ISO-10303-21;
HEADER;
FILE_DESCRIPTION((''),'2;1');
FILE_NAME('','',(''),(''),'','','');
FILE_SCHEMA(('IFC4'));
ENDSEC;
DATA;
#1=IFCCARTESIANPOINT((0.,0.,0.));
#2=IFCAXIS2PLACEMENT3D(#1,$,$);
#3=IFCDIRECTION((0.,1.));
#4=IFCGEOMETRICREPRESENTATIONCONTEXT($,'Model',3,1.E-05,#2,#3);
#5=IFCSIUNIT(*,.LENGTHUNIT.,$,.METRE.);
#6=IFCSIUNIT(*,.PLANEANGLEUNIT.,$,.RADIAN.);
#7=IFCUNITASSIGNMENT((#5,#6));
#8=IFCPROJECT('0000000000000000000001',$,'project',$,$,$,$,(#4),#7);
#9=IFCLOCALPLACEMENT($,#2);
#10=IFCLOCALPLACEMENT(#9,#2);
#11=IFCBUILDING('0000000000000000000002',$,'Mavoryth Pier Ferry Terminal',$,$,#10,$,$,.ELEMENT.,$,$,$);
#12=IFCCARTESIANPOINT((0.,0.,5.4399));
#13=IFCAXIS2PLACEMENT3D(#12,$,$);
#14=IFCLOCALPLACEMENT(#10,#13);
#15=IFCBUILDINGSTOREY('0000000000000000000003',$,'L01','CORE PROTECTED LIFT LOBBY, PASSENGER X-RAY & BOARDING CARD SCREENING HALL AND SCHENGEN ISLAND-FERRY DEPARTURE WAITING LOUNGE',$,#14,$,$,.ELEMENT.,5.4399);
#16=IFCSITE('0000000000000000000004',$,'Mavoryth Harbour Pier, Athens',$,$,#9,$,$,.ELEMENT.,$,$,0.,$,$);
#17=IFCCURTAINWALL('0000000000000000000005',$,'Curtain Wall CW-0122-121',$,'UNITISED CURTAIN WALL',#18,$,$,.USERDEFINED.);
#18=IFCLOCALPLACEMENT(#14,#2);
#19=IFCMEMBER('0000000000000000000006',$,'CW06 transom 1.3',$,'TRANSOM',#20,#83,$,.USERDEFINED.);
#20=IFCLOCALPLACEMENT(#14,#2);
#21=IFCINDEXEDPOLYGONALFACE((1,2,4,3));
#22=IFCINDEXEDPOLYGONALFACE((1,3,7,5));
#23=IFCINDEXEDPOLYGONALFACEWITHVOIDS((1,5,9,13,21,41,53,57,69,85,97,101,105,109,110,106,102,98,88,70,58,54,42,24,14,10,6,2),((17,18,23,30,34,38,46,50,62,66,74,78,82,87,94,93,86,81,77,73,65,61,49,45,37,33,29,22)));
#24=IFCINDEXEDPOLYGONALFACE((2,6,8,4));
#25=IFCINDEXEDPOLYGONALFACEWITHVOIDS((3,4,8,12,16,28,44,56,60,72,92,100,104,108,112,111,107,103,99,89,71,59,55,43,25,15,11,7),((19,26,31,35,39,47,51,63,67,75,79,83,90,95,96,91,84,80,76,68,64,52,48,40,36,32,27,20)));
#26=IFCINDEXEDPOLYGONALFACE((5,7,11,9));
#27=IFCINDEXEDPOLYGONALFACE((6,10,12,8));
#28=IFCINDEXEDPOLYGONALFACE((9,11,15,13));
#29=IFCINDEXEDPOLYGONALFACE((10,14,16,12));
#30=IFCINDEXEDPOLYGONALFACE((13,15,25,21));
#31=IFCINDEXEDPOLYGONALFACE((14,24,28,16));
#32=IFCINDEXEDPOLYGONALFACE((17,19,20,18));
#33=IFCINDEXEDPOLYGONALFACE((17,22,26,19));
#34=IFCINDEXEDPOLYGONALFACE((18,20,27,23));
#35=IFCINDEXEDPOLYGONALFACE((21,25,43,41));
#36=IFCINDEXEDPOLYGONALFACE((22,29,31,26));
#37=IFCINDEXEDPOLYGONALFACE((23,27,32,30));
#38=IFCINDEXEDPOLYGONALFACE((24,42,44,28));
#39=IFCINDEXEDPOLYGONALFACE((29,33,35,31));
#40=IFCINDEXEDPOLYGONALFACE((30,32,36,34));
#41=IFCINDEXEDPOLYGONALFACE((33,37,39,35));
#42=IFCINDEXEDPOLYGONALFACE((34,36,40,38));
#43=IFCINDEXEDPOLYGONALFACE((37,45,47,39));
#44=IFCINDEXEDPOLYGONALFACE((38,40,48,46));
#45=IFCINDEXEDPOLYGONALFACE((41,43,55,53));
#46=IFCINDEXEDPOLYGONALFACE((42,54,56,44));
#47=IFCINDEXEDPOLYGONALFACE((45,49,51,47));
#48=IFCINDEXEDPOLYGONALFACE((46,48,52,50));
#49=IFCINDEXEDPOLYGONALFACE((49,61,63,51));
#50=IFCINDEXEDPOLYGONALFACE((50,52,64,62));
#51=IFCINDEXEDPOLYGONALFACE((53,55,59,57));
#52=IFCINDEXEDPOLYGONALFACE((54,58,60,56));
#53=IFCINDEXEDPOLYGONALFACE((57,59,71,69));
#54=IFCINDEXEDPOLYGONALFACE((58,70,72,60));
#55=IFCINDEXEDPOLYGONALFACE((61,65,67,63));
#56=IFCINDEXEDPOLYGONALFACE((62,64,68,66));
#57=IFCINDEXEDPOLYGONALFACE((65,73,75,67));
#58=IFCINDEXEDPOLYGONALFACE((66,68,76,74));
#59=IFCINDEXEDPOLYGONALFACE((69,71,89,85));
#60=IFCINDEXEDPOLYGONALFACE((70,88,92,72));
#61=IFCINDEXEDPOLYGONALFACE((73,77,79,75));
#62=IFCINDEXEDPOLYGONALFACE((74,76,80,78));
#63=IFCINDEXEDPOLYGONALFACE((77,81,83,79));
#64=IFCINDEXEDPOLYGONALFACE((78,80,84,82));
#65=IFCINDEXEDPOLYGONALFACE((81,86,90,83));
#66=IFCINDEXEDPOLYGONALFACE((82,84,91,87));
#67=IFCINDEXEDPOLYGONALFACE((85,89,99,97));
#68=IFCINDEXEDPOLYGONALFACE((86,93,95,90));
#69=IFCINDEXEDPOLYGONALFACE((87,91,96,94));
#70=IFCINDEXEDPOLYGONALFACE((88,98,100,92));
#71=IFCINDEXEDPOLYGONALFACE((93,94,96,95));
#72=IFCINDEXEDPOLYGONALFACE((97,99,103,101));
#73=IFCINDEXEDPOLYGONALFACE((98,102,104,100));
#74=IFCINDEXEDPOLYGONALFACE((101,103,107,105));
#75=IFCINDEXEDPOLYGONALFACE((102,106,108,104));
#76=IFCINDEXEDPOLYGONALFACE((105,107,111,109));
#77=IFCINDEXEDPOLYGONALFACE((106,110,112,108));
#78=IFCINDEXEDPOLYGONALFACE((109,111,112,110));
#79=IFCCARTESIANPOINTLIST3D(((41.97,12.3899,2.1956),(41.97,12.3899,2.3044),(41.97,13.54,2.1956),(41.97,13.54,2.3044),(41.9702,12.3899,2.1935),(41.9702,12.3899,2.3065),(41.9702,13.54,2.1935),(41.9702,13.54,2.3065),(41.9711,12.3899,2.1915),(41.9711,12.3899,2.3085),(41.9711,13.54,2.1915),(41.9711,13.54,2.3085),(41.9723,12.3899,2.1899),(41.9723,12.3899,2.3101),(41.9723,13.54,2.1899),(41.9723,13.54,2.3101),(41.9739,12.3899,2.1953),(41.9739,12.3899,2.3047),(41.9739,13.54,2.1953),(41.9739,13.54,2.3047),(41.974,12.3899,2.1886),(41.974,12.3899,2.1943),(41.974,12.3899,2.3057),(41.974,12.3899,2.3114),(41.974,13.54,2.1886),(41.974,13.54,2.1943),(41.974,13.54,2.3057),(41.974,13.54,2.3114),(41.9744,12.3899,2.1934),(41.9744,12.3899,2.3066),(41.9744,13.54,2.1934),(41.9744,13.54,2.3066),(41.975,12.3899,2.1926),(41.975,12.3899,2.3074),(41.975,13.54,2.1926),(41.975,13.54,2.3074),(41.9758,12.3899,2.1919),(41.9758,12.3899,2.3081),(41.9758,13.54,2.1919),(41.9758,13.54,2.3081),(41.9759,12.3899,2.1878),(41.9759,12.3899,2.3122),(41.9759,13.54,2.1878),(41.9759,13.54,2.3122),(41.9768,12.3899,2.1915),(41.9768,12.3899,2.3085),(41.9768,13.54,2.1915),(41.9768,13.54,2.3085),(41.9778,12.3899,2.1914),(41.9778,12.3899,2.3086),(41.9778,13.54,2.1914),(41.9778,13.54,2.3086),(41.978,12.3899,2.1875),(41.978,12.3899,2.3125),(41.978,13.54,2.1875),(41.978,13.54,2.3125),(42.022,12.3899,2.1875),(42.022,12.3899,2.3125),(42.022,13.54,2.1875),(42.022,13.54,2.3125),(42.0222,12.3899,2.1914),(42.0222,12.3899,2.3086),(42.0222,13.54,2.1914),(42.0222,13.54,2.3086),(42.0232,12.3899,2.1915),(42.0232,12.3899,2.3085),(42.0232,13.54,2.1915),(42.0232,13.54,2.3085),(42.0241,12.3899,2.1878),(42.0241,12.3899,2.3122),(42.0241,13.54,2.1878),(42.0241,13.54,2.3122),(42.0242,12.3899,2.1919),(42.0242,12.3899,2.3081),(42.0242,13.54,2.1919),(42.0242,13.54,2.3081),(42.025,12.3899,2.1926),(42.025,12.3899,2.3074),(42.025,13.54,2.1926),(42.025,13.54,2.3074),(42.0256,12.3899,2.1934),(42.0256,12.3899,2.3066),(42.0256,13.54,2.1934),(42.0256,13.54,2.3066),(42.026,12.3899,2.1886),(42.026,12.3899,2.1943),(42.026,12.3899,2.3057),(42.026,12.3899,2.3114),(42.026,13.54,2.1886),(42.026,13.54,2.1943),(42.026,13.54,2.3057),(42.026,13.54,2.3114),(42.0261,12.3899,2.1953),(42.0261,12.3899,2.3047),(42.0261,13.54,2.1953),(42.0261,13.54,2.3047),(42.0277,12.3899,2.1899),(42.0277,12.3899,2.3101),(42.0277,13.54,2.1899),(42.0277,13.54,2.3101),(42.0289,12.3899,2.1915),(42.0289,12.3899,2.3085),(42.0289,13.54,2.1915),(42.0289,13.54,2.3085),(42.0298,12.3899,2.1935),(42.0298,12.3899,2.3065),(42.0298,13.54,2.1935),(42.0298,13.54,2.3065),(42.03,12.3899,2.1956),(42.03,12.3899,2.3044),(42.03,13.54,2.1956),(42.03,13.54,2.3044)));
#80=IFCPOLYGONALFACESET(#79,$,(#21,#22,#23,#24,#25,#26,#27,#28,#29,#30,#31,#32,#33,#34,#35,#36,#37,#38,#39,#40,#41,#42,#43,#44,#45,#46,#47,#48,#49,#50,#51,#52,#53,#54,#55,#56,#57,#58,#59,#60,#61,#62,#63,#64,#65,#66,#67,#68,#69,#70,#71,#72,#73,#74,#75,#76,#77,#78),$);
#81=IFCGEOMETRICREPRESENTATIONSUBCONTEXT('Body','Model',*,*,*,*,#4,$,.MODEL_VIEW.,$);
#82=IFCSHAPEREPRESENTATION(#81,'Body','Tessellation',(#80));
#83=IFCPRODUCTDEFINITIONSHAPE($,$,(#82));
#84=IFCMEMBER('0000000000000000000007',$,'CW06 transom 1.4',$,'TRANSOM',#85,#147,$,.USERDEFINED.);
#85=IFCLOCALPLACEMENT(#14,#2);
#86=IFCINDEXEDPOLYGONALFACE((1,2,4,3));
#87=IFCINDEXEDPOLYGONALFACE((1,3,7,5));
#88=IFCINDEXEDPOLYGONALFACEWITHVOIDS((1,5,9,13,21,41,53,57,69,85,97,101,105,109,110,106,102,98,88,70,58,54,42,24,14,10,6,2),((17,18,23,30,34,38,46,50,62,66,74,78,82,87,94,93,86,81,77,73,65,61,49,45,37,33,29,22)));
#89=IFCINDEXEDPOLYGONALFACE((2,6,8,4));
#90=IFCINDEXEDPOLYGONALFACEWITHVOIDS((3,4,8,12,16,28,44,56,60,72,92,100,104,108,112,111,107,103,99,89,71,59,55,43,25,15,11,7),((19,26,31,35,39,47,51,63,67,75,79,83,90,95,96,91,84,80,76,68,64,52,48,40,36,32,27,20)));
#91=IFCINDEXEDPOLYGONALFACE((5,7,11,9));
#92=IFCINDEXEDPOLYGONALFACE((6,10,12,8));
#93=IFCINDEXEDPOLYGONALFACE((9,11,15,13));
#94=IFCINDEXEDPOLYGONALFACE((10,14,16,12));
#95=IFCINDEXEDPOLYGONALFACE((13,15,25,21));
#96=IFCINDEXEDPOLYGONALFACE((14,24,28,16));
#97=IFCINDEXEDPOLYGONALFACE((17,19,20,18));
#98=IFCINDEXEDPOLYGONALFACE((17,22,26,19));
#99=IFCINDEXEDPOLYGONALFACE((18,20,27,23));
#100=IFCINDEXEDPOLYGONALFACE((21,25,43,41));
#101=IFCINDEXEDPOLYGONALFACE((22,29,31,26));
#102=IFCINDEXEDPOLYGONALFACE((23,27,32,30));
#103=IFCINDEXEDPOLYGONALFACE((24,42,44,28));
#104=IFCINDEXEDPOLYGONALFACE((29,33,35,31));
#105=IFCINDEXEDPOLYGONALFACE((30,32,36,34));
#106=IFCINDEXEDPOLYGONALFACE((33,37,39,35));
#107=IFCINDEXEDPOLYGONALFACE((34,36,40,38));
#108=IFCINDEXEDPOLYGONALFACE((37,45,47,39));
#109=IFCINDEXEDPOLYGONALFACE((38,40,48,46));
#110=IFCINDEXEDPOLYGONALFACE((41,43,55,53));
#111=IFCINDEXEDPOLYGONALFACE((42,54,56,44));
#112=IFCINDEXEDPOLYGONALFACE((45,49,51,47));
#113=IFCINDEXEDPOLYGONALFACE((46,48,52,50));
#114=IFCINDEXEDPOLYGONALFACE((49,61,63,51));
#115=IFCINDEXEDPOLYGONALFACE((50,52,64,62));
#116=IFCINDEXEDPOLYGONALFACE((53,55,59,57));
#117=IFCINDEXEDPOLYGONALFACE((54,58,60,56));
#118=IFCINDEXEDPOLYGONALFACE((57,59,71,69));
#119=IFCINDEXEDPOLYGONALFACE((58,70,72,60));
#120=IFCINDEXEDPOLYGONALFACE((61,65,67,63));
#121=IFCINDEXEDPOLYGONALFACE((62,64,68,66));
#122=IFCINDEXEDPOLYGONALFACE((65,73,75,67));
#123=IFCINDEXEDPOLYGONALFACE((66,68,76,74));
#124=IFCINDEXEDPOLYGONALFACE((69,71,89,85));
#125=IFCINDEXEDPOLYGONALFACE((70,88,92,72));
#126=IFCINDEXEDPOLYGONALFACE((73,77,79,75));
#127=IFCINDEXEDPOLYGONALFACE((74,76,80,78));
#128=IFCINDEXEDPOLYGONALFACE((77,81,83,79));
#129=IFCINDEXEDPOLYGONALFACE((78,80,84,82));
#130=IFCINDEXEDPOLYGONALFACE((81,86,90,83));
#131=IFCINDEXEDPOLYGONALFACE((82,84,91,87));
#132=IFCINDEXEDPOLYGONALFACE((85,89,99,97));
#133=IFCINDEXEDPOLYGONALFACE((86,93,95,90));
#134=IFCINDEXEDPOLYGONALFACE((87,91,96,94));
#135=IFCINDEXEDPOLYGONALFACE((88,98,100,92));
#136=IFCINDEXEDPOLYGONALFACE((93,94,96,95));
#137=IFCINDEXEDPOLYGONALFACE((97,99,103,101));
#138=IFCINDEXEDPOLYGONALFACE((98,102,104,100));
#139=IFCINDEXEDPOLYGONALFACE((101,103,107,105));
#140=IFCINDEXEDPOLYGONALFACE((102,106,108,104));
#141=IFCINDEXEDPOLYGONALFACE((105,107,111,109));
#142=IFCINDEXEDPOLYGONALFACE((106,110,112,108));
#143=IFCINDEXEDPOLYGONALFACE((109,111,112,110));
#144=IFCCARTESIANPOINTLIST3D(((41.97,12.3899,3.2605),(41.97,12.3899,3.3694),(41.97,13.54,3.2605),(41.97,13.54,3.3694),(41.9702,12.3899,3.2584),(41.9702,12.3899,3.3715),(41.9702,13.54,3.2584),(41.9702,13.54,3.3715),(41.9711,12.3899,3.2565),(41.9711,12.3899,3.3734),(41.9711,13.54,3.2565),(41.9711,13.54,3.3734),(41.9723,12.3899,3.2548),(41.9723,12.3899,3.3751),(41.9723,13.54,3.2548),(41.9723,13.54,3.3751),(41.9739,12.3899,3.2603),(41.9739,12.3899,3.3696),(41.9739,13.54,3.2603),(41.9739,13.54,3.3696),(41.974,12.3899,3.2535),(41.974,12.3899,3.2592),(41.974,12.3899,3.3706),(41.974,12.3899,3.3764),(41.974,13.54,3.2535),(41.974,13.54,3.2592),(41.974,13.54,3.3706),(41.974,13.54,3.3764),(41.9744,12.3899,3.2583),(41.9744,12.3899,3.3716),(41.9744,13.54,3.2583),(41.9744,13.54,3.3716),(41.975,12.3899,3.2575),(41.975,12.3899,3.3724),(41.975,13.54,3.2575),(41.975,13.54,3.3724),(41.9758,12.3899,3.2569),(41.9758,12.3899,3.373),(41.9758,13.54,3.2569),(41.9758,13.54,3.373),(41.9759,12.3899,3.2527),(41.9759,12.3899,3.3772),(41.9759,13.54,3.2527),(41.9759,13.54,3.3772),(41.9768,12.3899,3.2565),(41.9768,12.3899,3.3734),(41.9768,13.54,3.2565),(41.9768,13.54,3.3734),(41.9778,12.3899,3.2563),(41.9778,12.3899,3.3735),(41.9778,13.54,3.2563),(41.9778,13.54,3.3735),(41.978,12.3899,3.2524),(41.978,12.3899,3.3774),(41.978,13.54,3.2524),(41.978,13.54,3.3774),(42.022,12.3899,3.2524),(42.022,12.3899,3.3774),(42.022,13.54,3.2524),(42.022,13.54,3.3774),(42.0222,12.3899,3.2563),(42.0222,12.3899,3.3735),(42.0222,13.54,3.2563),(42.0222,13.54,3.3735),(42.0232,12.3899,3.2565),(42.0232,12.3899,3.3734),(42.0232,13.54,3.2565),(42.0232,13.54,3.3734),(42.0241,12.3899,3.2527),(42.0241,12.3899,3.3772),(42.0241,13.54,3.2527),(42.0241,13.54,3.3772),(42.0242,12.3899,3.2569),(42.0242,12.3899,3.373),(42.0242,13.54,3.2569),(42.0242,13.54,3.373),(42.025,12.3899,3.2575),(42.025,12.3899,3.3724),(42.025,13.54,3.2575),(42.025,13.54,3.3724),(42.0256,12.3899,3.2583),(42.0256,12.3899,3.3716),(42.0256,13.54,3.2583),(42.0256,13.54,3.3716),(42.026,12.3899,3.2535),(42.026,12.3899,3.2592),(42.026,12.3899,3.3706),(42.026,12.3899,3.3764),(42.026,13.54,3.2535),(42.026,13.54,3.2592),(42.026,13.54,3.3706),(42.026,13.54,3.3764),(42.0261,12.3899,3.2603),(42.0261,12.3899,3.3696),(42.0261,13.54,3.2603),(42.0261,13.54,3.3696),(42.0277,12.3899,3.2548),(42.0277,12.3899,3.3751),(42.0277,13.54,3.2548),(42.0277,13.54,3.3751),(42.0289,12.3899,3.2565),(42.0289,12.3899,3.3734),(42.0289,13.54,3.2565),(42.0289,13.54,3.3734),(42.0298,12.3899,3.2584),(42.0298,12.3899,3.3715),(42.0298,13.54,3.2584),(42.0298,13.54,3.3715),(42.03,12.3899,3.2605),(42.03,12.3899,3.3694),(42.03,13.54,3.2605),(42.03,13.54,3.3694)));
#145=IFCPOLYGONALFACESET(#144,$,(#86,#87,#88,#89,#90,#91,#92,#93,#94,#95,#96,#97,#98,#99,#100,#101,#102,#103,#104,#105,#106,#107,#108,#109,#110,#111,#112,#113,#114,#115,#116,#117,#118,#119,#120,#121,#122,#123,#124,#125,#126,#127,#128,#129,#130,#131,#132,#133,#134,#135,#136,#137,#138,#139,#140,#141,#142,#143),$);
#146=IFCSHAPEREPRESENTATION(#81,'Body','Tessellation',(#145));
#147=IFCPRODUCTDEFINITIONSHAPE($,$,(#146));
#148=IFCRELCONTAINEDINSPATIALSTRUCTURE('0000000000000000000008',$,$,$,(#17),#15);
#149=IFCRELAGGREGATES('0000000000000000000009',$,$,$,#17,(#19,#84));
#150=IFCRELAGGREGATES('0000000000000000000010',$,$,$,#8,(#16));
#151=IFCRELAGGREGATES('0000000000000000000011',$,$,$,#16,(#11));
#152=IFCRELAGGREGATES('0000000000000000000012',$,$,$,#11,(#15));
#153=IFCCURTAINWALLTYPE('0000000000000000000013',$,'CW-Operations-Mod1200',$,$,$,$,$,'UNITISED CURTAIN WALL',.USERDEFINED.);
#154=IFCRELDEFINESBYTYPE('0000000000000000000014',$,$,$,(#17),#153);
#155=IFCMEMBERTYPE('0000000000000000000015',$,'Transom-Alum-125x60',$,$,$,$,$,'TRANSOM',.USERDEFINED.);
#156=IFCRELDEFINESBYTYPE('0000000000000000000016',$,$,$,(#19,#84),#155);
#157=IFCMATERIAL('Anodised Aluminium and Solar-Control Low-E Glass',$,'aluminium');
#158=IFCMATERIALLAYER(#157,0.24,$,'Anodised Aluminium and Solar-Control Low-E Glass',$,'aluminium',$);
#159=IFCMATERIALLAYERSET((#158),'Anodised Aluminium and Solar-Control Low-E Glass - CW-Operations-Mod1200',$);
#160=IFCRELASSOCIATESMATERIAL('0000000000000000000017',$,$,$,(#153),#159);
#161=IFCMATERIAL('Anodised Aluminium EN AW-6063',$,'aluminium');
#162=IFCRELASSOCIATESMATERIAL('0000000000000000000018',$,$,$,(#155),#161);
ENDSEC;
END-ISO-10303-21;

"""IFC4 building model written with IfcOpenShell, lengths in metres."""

from ifc_helpers import new_model, si_unit, direction, frame, origin, origin_2d, place, context, subcontext, project, spatial, hollow_rectangle, extrude, material, layer, layer_set, material_profile, profile_set, type_object, element, aggregate, save


model = new_model("IFC4")

# Units and contexts
model_context = context("Model", 3, precision=1e-05, world=origin(), true_north=direction((0.0, 1.0)))
body_context = subcontext(model_context, "Body", "Model", "MODEL_VIEW")
ifc_project = project(units=[si_unit("LENGTHUNIT", "METRE"), si_unit("PLANEANGLEUNIT", "RADIAN")], contexts=[model_context])

# Site, building, storey
site_placement = place(None, origin())
site = spatial("IfcSite", under=ifc_project, at=site_placement, Name="Mavoryth Harbour Pier, Athens", CompositionType="ELEMENT", RefElevation=0.0)
building_placement = place(site_placement, origin())
building = spatial("IfcBuilding", under=site, at=building_placement, Name="Mavoryth Pier Ferry Terminal", CompositionType="ELEMENT")
storey_placement = place(building_placement, frame((0.0, 0.0, 5.4399)))
storey = spatial("IfcBuildingStorey", under=building, at=storey_placement, Name="L01", Description="CORE PROTECTED LIFT LOBBY, PASSENGER X-RAY & BOARDING CARD SCREENING HALL AND SCHENGEN ISLAND-FERRY DEPARTURE WAITING LOUNGE", CompositionType="ELEMENT", Elevation=5.4399)

# Curtain wall
ifc_material_1 = material(Name="Anodised Aluminium and Solar-Control Low-E Glass", Category="aluminium")
ifc_layer_1 = layer(ifc_material_1, 0.24, Name="Anodised Aluminium and Solar-Control Low-E Glass", Category="aluminium")
ifc_layer_set_1 = layer_set([ifc_layer_1], Name="Anodised Aluminium and Solar-Control Low-E Glass - CW-Operations-Mod1200")
curtain_wall_type_1 = type_object("IfcCurtainWallType", Name="CW-Operations-Mod1200", ElementType="UNITISED CURTAIN WALL", PredefinedType="USERDEFINED", material=ifc_layer_set_1)
curtain_wall_1_placement = place(storey_placement, origin())
curtain_wall_1 = element("IfcCurtainWall", 1, at=curtain_wall_1_placement, inside=storey, type_object=curtain_wall_type_1, Name="Curtain Wall CW-0122-121", ObjectType="UNITISED CURTAIN WALL", PredefinedType="USERDEFINED")
ifc_material_2 = material(Name="Anodised Aluminium EN AW-6063", Category="aluminium")

# Members
ifc_material_profile_1 = material_profile(ifc_material_2, hollow_rectangle(XDim=0.0601, YDim=0.125, WallThickness=0.0039, InnerFilletRadius=0.0039, OuterFilletRadius=0.0081, at=origin_2d()), Name="AL-TRAN 125x60x4", Category="aluminium")
ifc_profile_set_1 = profile_set([ifc_material_profile_1], Name="Anodised Aluminium EN AW-6063 - AL-TRAN 125x60x4")
member_type_1 = type_object("IfcMemberType", Name="Transom-Alum-125x60", ElementType="TRANSOM", PredefinedType="USERDEFINED", material=ifc_profile_set_1)
member_1_placement = place(storey_placement, frame((42.0, 13.54, 2.25), z_axis=(0.0, -1.0, 0.0), x_axis=(1.0, 0.0, 0.0)))
member_1 = element("IfcMember", 2, at=member_1_placement, type_object=member_type_1, Name="CW06 transom 1.3", ObjectType="TRANSOM", PredefinedType="USERDEFINED", context=body_context, shape_type="SweptSolid", body=[
    extrude(hollow_rectangle(XDim=0.0601, YDim=0.125, WallThickness=0.0039, InnerFilletRadius=0.0039, OuterFilletRadius=0.0081, at=origin_2d()), origin(), (0.0, 0.0, 1.0), 1.1501),
])
member_2_placement = place(storey_placement, frame((42.0, 13.54, 3.3149), z_axis=(0.0, -1.0, 0.0), x_axis=(1.0, 0.0, 0.0)))
member_2 = element("IfcMember", 3, at=member_2_placement, type_object=member_type_1, Name="CW06 transom 1.4", ObjectType="TRANSOM", PredefinedType="USERDEFINED", context=body_context, shape_type="SweptSolid", body=[
    extrude(hollow_rectangle(XDim=0.0601, YDim=0.125, WallThickness=0.0039, InnerFilletRadius=0.0039, OuterFilletRadius=0.0081, at=origin_2d()), origin(), (0.0, 0.0, 1.0), 1.1501),
])

aggregate(curtain_wall_1, [member_1, member_2])

save(model, "model.ifc")
